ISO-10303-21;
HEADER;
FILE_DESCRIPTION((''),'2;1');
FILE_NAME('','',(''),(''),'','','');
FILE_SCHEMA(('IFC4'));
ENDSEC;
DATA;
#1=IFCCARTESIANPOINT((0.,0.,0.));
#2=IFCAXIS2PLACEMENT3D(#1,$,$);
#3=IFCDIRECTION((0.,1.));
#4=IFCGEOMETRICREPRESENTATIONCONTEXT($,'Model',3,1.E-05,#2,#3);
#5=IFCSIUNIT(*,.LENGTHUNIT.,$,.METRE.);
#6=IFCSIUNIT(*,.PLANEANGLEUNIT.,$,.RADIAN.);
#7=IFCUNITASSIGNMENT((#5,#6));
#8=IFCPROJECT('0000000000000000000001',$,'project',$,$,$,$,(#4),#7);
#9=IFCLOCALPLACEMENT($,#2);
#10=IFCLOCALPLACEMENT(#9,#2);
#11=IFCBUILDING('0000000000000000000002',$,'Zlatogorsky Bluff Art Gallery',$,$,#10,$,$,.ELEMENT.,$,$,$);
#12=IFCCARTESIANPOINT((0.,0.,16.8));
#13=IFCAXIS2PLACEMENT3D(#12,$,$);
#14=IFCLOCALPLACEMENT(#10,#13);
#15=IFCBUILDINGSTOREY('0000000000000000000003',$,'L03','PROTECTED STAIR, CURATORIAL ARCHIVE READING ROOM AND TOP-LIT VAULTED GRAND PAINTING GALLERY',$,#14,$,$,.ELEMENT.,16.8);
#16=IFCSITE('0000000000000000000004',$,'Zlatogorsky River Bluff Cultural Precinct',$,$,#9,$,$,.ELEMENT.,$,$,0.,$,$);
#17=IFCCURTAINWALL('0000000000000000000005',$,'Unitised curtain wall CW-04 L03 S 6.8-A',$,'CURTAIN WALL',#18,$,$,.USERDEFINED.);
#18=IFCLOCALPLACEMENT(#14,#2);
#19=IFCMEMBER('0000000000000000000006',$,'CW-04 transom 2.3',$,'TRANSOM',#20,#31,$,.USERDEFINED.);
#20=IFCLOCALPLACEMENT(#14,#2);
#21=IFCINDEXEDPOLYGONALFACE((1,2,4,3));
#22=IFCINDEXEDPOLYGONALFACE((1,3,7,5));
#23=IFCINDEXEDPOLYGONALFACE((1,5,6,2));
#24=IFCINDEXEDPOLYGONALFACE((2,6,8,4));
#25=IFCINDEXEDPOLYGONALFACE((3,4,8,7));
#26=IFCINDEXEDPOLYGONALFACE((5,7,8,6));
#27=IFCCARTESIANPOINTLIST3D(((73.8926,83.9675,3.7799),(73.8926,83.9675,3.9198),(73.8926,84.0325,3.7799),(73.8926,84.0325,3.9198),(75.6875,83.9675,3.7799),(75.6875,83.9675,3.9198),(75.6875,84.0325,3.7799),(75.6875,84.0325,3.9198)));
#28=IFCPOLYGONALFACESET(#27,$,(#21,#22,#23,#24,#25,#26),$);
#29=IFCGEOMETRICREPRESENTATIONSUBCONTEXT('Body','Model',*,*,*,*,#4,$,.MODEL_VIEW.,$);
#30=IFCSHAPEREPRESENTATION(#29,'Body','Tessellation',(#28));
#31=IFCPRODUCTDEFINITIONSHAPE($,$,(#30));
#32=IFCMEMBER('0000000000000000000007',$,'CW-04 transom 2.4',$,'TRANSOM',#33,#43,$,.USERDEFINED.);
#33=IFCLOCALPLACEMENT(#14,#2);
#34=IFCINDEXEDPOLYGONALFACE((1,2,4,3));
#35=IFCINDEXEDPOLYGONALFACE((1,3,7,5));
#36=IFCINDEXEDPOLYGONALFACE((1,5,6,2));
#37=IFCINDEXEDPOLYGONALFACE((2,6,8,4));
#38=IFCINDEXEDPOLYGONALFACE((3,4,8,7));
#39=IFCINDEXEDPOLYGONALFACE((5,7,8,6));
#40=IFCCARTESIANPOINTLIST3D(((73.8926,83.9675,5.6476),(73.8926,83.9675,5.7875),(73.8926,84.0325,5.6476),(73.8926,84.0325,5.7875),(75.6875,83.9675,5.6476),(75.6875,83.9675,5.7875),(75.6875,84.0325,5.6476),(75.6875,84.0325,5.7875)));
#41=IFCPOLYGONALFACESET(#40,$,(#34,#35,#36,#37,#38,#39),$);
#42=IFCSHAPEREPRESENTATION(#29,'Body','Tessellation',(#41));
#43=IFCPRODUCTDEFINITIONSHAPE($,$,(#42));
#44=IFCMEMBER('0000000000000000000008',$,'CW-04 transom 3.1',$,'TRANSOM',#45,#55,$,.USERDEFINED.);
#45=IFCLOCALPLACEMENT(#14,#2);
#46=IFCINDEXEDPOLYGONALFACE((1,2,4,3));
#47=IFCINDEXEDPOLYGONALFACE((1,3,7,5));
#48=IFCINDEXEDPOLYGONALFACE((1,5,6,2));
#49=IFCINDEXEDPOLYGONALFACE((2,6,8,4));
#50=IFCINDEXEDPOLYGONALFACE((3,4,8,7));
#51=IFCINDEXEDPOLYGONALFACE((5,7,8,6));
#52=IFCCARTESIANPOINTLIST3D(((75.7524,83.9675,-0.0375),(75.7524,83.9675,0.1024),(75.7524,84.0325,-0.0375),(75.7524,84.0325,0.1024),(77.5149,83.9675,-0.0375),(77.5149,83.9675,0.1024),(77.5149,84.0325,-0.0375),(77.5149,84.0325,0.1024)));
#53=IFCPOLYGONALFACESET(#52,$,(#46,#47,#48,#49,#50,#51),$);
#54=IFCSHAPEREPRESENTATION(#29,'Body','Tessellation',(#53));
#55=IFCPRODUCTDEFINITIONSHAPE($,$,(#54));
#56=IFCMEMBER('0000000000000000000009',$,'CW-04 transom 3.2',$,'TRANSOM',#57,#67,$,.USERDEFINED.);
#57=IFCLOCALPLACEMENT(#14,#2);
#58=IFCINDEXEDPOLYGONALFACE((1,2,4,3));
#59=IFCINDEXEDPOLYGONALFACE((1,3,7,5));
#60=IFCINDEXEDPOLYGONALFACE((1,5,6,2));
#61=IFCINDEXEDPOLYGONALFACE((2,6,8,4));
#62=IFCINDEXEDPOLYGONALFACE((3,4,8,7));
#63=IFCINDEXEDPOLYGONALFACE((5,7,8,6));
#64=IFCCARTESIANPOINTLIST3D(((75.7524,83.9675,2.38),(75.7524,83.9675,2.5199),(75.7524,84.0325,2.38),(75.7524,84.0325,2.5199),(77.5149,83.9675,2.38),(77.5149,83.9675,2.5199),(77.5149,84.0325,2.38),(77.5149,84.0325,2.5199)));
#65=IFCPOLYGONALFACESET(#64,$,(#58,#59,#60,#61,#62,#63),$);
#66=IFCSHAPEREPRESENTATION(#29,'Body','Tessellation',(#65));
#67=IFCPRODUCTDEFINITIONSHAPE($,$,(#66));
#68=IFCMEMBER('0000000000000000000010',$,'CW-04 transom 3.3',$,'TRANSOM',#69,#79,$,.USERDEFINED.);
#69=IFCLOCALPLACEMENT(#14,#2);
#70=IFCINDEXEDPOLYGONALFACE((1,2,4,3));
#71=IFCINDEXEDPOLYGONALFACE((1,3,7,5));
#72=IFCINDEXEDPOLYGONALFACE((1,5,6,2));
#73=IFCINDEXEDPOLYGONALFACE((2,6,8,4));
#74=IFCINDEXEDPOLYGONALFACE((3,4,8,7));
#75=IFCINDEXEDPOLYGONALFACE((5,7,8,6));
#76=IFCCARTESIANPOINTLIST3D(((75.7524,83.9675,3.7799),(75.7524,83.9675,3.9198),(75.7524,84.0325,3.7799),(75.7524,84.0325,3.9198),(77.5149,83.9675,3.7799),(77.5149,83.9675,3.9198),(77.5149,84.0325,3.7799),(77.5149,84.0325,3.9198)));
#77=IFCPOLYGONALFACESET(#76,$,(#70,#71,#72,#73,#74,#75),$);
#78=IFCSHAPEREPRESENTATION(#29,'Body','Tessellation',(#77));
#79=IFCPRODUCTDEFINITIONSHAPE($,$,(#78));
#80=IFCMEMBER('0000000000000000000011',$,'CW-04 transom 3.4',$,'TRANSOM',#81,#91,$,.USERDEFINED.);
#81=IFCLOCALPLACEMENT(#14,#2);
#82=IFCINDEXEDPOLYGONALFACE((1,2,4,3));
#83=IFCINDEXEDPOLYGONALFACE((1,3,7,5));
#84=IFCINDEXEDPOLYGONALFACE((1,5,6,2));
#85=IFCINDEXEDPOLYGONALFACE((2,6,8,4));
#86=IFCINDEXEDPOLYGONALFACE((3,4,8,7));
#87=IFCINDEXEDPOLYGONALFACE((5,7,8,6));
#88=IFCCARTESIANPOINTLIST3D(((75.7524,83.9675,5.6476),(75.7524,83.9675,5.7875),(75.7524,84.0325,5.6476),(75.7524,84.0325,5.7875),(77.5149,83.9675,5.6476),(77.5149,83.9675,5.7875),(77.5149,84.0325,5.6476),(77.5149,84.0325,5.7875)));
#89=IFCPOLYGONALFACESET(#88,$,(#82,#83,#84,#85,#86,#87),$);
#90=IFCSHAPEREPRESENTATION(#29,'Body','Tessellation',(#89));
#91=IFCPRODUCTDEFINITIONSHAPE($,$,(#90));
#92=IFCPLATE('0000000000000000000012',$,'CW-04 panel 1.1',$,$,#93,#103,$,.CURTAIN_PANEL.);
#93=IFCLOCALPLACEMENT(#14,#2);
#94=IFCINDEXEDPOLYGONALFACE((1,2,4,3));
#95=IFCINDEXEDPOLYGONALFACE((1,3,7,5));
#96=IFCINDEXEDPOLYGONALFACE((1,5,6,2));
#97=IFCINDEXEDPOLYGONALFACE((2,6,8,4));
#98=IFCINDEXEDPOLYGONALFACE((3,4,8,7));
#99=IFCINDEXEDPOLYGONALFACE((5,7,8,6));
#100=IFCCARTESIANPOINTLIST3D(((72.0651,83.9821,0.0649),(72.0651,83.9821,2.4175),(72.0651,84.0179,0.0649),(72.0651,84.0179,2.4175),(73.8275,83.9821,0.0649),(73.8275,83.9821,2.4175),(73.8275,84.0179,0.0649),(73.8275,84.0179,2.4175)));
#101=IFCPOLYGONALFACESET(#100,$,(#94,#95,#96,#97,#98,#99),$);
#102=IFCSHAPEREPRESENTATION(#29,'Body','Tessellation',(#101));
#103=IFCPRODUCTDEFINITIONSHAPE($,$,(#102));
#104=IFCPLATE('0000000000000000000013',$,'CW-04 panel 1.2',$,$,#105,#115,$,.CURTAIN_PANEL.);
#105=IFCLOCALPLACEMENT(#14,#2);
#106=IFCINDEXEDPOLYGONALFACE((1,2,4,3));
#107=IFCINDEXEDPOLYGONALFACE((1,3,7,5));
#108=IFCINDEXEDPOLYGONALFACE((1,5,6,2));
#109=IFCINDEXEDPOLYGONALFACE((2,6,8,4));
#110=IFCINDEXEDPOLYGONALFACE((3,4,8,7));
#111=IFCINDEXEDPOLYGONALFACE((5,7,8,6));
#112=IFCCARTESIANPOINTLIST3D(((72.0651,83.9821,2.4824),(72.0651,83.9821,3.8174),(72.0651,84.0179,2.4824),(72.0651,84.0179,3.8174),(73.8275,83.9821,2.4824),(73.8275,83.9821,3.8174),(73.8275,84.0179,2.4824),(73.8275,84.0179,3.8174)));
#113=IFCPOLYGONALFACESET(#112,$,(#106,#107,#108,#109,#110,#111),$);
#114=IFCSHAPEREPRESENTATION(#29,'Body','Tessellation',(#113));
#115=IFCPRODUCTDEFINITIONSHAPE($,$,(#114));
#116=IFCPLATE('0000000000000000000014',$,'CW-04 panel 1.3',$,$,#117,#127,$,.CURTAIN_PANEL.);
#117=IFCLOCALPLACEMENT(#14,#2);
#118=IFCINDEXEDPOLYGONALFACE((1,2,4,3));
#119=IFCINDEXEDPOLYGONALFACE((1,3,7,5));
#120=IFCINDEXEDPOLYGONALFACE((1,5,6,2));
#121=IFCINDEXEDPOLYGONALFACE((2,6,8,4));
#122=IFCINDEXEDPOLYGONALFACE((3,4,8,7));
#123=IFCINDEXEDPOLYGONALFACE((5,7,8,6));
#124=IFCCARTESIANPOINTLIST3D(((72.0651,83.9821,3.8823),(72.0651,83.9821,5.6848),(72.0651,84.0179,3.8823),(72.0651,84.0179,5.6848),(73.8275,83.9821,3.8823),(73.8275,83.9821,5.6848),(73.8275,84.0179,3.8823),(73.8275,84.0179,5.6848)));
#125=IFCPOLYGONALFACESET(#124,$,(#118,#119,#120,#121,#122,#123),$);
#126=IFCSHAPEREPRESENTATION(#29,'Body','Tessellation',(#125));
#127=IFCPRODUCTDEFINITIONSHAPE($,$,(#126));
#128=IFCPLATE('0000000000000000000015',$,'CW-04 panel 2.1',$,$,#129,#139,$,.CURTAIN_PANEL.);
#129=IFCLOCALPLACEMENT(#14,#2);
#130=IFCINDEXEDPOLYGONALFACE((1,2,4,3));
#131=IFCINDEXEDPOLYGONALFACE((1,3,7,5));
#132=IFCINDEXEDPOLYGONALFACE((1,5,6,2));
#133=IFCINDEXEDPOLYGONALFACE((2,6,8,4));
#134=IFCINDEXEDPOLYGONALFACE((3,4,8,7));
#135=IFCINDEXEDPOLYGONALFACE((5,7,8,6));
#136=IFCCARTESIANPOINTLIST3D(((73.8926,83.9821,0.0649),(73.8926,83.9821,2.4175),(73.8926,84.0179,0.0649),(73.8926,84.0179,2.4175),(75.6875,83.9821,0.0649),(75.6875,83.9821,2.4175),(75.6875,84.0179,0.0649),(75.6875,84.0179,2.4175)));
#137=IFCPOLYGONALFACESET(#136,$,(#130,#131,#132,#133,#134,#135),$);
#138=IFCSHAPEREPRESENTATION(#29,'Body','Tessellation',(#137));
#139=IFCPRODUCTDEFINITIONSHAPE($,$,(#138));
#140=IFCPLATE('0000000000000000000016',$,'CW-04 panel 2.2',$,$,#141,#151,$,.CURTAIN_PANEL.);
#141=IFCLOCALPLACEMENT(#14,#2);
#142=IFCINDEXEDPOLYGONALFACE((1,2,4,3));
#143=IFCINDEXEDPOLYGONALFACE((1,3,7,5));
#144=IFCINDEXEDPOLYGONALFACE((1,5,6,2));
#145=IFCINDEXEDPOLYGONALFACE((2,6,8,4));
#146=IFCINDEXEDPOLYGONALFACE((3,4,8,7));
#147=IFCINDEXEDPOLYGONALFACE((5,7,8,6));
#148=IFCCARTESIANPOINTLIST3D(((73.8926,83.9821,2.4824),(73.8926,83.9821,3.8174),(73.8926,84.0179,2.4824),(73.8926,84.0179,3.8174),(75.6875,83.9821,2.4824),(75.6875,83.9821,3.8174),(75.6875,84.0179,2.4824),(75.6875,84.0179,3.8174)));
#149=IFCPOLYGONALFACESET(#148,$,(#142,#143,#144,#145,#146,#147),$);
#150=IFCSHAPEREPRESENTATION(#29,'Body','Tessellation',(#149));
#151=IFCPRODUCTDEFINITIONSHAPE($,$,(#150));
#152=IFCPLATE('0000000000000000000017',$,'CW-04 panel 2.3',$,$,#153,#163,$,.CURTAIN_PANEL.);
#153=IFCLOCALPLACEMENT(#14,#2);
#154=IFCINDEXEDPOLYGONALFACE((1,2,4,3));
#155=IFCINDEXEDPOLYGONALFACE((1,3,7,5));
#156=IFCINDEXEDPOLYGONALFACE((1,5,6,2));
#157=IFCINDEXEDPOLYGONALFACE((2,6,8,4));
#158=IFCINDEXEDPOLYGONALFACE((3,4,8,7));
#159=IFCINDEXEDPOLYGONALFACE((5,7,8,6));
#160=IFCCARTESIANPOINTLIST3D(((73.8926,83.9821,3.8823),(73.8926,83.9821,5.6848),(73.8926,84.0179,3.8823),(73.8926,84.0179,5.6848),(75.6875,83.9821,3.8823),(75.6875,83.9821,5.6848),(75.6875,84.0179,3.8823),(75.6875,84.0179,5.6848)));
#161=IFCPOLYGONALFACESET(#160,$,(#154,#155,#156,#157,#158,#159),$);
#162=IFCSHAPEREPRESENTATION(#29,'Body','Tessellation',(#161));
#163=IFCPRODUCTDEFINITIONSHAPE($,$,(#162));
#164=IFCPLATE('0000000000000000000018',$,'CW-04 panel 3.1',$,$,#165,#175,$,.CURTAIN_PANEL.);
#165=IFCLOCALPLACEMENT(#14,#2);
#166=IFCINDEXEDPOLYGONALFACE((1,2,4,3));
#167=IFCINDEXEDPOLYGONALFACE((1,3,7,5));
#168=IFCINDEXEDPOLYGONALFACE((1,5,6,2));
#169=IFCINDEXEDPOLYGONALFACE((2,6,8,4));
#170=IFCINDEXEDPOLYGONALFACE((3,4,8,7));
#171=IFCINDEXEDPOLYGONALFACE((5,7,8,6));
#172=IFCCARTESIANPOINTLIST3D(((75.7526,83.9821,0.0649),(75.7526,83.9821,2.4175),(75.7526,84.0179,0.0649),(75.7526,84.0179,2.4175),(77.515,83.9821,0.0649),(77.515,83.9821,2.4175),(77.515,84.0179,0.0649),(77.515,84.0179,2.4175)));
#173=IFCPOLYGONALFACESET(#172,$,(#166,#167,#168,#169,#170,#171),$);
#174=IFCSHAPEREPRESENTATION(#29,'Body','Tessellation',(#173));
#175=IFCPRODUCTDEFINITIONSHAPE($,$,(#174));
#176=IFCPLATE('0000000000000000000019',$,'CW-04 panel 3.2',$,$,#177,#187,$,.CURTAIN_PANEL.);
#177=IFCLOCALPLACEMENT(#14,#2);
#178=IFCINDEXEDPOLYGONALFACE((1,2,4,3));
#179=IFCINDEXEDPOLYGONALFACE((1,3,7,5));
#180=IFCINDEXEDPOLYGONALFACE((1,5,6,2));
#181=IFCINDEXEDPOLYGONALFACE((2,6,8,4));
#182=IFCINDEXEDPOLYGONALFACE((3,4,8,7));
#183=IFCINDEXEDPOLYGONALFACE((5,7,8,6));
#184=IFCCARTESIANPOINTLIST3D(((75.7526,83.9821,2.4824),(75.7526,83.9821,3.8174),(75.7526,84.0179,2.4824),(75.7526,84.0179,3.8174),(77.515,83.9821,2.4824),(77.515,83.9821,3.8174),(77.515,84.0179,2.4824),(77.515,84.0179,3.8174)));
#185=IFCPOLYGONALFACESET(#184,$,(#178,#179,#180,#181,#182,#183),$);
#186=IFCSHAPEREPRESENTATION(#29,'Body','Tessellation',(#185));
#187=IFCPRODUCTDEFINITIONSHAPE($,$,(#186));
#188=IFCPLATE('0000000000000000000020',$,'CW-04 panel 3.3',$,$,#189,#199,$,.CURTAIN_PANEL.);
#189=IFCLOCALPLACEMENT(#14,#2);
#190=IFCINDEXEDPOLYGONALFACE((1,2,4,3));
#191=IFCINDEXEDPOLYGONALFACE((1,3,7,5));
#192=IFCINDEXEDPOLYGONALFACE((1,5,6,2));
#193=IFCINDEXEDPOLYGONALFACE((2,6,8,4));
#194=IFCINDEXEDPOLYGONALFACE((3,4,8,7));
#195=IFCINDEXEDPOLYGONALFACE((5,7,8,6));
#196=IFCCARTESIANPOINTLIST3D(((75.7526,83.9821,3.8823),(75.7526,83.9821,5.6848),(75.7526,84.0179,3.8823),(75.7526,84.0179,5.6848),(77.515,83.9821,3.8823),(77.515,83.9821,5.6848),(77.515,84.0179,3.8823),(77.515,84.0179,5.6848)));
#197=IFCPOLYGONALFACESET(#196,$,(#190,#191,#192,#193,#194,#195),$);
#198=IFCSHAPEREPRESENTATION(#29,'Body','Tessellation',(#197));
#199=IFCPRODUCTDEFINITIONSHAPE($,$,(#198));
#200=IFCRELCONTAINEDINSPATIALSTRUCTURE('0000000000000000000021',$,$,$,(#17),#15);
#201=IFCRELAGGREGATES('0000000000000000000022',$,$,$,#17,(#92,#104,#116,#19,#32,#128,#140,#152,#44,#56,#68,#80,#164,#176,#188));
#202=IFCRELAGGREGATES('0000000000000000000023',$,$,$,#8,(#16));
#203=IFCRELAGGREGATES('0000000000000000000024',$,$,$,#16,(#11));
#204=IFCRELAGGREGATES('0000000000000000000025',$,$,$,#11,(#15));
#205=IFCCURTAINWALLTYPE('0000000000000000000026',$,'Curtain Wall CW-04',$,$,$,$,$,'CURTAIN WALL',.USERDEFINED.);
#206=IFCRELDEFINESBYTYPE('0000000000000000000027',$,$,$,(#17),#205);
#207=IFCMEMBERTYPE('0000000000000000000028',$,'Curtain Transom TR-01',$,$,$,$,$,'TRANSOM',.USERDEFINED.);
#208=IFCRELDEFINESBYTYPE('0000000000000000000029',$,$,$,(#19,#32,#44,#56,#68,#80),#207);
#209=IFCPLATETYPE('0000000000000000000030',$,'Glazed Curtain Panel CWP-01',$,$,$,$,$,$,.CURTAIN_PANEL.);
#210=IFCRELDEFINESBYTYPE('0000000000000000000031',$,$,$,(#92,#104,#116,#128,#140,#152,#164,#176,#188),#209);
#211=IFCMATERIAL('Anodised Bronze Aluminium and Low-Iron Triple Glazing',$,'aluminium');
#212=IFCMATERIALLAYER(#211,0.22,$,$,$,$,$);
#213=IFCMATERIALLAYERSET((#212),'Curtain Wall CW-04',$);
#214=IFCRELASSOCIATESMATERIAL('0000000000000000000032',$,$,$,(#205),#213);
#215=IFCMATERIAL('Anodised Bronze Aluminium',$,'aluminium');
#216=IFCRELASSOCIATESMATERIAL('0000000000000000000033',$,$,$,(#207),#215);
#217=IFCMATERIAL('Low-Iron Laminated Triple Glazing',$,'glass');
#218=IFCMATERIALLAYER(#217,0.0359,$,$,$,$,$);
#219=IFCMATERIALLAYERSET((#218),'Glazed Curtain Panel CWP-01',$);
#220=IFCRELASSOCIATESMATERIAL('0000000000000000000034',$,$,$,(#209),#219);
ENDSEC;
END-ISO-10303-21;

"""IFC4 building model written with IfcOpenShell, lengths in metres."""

from ifc_helpers import new_model, si_unit, direction, frame, origin, origin_2d, place, context, subcontext, project, spatial, rectangle, extrude, material, layer, layer_set, material_profile, profile_set, type_object, element, aggregate, save


model = new_model("IFC4")

# Units and contexts
model_context = context("Model", 3, precision=1e-05, world=origin(), true_north=direction((0.0, 1.0)))
body_context = subcontext(model_context, "Body", "Model", "MODEL_VIEW")
ifc_project = project(units=[si_unit("LENGTHUNIT", "METRE"), si_unit("PLANEANGLEUNIT", "RADIAN")], contexts=[model_context])

# Site, building, storey
site_placement = place(None, origin())
site = spatial("IfcSite", under=ifc_project, at=site_placement, Name="Zlatogorsky River Bluff Cultural Precinct", CompositionType="ELEMENT", RefElevation=0.0)
building_placement = place(site_placement, origin())
building = spatial("IfcBuilding", under=site, at=building_placement, Name="Zlatogorsky Bluff Art Gallery", CompositionType="ELEMENT")
storey_placement = place(building_placement, frame((0.0, 0.0, 16.8)))
storey = spatial("IfcBuildingStorey", under=building, at=storey_placement, Name="L03", Description="PROTECTED STAIR, CURATORIAL ARCHIVE READING ROOM AND TOP-LIT VAULTED GRAND PAINTING GALLERY", CompositionType="ELEMENT", Elevation=16.8)

# Curtain wall
ifc_material_1 = material(Name="Anodised Bronze Aluminium and Low-Iron Triple Glazing", Category="aluminium")
ifc_layer_1 = layer(ifc_material_1, 0.22)
ifc_layer_set_1 = layer_set([ifc_layer_1], Name="Curtain Wall CW-04")
curtain_wall_type = type_object("IfcCurtainWallType", Name="Curtain Wall CW-04", ElementType="CURTAIN WALL", PredefinedType="USERDEFINED", material=ifc_layer_set_1)
curtain_wall_1_placement = place(storey_placement, origin())
curtain_wall_1 = element("IfcCurtainWall", 1, at=curtain_wall_1_placement, inside=storey, type_object=curtain_wall_type, Name="Unitised curtain wall CW-04 L03 S 6.8-A", ObjectType="CURTAIN WALL", PredefinedType="USERDEFINED")
ifc_material_2 = material(Name="Anodised Bronze Aluminium", Category="aluminium")

# Members
ifc_material_profile_1 = material_profile(ifc_material_2, rectangle(XDim=0.0649, YDim=0.1399, at=origin_2d()), Name="ALU TRANSOM 65x140")
ifc_profile_set_1 = profile_set([ifc_material_profile_1], Name="Anodised Bronze Aluminium")
member_type_1 = type_object("IfcMemberType", Name="Curtain Transom TR-01", ElementType="TRANSOM", PredefinedType="USERDEFINED", material=ifc_profile_set_1)
member_1_placement = place(storey_placement, frame((73.8926, 84.0, 3.8499), z_axis=(1.0, 0.0, 0.0), x_axis=(0.0, 1.0, 0.0)))
member_1 = element("IfcMember", 2, at=member_1_placement, type_object=member_type_1, Name="CW-04 transom 2.3", ObjectType="TRANSOM", PredefinedType="USERDEFINED", context=body_context, shape_type="SweptSolid", body=[
    extrude(rectangle(XDim=0.0649, YDim=0.1399, at=origin_2d()), origin(), (0.0, 0.0, 1.0), 1.7949),
])
member_2_placement = place(storey_placement, frame((73.8926, 84.0, 5.7175), z_axis=(1.0, 0.0, 0.0), x_axis=(0.0, 1.0, 0.0)))
member_2 = element("IfcMember", 3, at=member_2_placement, type_object=member_type_1, Name="CW-04 transom 2.4", ObjectType="TRANSOM", PredefinedType="USERDEFINED", context=body_context, shape_type="SweptSolid", body=[
    extrude(rectangle(XDim=0.0649, YDim=0.1399, at=origin_2d()), origin(), (0.0, 0.0, 1.0), 1.7949),
])
member_3_placement = place(storey_placement, frame((75.7524, 84.0, 0.0325), z_axis=(1.0, 0.0, 0.0), x_axis=(0.0, 1.0, 0.0)))
member_3 = element("IfcMember", 4, at=member_3_placement, type_object=member_type_1, Name="CW-04 transom 3.1", ObjectType="TRANSOM", PredefinedType="USERDEFINED", context=body_context, shape_type="SweptSolid", body=[
    extrude(rectangle(XDim=0.0649, YDim=0.1399, at=origin_2d()), origin(), (0.0, 0.0, 1.0), 1.7625),
])
member_4_placement = place(storey_placement, frame((75.7524, 84.0, 2.45), z_axis=(1.0, 0.0, 0.0), x_axis=(0.0, 1.0, 0.0)))
member_4 = element("IfcMember", 5, at=member_4_placement, type_object=member_type_1, Name="CW-04 transom 3.2", ObjectType="TRANSOM", PredefinedType="USERDEFINED", context=body_context, shape_type="SweptSolid", body=[
    extrude(rectangle(XDim=0.0649, YDim=0.1399, at=origin_2d()), origin(), (0.0, 0.0, 1.0), 1.7625),
])
member_5_placement = place(storey_placement, frame((75.7524, 84.0, 3.8499), z_axis=(1.0, 0.0, 0.0), x_axis=(0.0, 1.0, 0.0)))
member_5 = element("IfcMember", 6, at=member_5_placement, type_object=member_type_1, Name="CW-04 transom 3.3", ObjectType="TRANSOM", PredefinedType="USERDEFINED", context=body_context, shape_type="SweptSolid", body=[
    extrude(rectangle(XDim=0.0649, YDim=0.1399, at=origin_2d()), origin(), (0.0, 0.0, 1.0), 1.7625),
])
member_6_placement = place(storey_placement, frame((75.7524, 84.0, 5.7175), z_axis=(1.0, 0.0, 0.0), x_axis=(0.0, 1.0, 0.0)))
member_6 = element("IfcMember", 7, at=member_6_placement, type_object=member_type_1, Name="CW-04 transom 3.4", ObjectType="TRANSOM", PredefinedType="USERDEFINED", context=body_context, shape_type="SweptSolid", body=[
    extrude(rectangle(XDim=0.0649, YDim=0.1399, at=origin_2d()), origin(), (0.0, 0.0, 1.0), 1.7625),
])

# Plates
ifc_material_3 = material(Name="Low-Iron Laminated Triple Glazing", Category="glass")
ifc_layer_2 = layer(ifc_material_3, 0.0359)
ifc_layer_set_2 = layer_set([ifc_layer_2], Name="Glazed Curtain Panel CWP-01")
plate_type = type_object("IfcPlateType", Name="Glazed Curtain Panel CWP-01", PredefinedType="CURTAIN_PANEL", material=ifc_layer_set_2)
plate_1_placement = place(storey_placement, frame((72.9463, 84.0, 0.0649), z_axis=(0.0, 0.0, 1.0), x_axis=(1.0, 0.0, 0.0)))
plate_1 = element("IfcPlate", 8, at=plate_1_placement, type_object=plate_type, Name="CW-04 panel 1.1", PredefinedType="CURTAIN_PANEL", context=body_context, shape_type="SweptSolid", body=[
    extrude(rectangle(XDim=1.7625, YDim=0.0359, at=origin_2d()), origin(), (0.0, 0.0, 1.0), 2.3525),
])
plate_2_placement = place(storey_placement, frame((72.9463, 84.0, 2.4824), z_axis=(0.0, 0.0, 1.0), x_axis=(1.0, 0.0, 0.0)))
plate_2 = element("IfcPlate", 9, at=plate_2_placement, type_object=plate_type, Name="CW-04 panel 1.2", PredefinedType="CURTAIN_PANEL", context=body_context, shape_type="SweptSolid", body=[
    extrude(rectangle(XDim=1.7625, YDim=0.0359, at=origin_2d()), origin(), (0.0, 0.0, 1.0), 1.335),
])
plate_3_placement = place(storey_placement, frame((72.9463, 84.0, 3.8823), z_axis=(0.0, 0.0, 1.0), x_axis=(1.0, 0.0, 0.0)))
plate_3 = element("IfcPlate", 10, at=plate_3_placement, type_object=plate_type, Name="CW-04 panel 1.3", PredefinedType="CURTAIN_PANEL", context=body_context, shape_type="SweptSolid", body=[
    extrude(rectangle(XDim=1.7625, YDim=0.0359, at=origin_2d()), origin(), (0.0, 0.0, 1.0), 1.8025),
])
plate_4_placement = place(storey_placement, frame((74.79, 84.0, 0.0649), z_axis=(0.0, 0.0, 1.0), x_axis=(1.0, 0.0, 0.0)))
plate_4 = element("IfcPlate", 11, at=plate_4_placement, type_object=plate_type, Name="CW-04 panel 2.1", PredefinedType="CURTAIN_PANEL", context=body_context, shape_type="SweptSolid", body=[
    extrude(rectangle(XDim=1.7949, YDim=0.0359, at=origin_2d()), origin(), (0.0, 0.0, 1.0), 2.3525),
])
plate_5_placement = place(storey_placement, frame((74.79, 84.0, 2.4824), z_axis=(0.0, 0.0, 1.0), x_axis=(1.0, 0.0, 0.0)))
plate_5 = element("IfcPlate", 12, at=plate_5_placement, type_object=plate_type, Name="CW-04 panel 2.2", PredefinedType="CURTAIN_PANEL", context=body_context, shape_type="SweptSolid", body=[
    extrude(rectangle(XDim=1.7949, YDim=0.0359, at=origin_2d()), origin(), (0.0, 0.0, 1.0), 1.335),
])
plate_6_placement = place(storey_placement, frame((74.79, 84.0, 3.8823), z_axis=(0.0, 0.0, 1.0), x_axis=(1.0, 0.0, 0.0)))
plate_6 = element("IfcPlate", 13, at=plate_6_placement, type_object=plate_type, Name="CW-04 panel 2.3", PredefinedType="CURTAIN_PANEL", context=body_context, shape_type="SweptSolid", body=[
    extrude(rectangle(XDim=1.7949, YDim=0.0359, at=origin_2d()), origin(), (0.0, 0.0, 1.0), 1.8025),
])
plate_7_placement = place(storey_placement, frame((76.6338, 84.0, 0.0649), z_axis=(0.0, 0.0, 1.0), x_axis=(1.0, 0.0, 0.0)))
plate_7 = element("IfcPlate", 14, at=plate_7_placement, type_object=plate_type, Name="CW-04 panel 3.1", PredefinedType="CURTAIN_PANEL", context=body_context, shape_type="SweptSolid", body=[
    extrude(rectangle(XDim=1.7625, YDim=0.0359, at=origin_2d()), origin(), (0.0, 0.0, 1.0), 2.3525),
])
plate_8_placement = place(storey_placement, frame((76.6338, 84.0, 2.4824), z_axis=(0.0, 0.0, 1.0), x_axis=(1.0, 0.0, 0.0)))
plate_8 = element("IfcPlate", 15, at=plate_8_placement, type_object=plate_type, Name="CW-04 panel 3.2", PredefinedType="CURTAIN_PANEL", context=body_context, shape_type="SweptSolid", body=[
    extrude(rectangle(XDim=1.7625, YDim=0.0359, at=origin_2d()), origin(), (0.0, 0.0, 1.0), 1.335),
])
plate_9_placement = place(storey_placement, frame((76.6338, 84.0, 3.8823), z_axis=(0.0, 0.0, 1.0), x_axis=(1.0, 0.0, 0.0)))
plate_9 = element("IfcPlate", 16, at=plate_9_placement, type_object=plate_type, Name="CW-04 panel 3.3", PredefinedType="CURTAIN_PANEL", context=body_context, shape_type="SweptSolid", body=[
    extrude(rectangle(XDim=1.7625, YDim=0.0359, at=origin_2d()), origin(), (0.0, 0.0, 1.0), 1.8025),
])
aggregate(curtain_wall_1, [plate_1, plate_2, plate_3, member_1, member_2, plate_4, plate_5, plate_6, member_3, member_4, member_5, member_6, plate_7, plate_8, plate_9])

save(model, "model.ifc")
